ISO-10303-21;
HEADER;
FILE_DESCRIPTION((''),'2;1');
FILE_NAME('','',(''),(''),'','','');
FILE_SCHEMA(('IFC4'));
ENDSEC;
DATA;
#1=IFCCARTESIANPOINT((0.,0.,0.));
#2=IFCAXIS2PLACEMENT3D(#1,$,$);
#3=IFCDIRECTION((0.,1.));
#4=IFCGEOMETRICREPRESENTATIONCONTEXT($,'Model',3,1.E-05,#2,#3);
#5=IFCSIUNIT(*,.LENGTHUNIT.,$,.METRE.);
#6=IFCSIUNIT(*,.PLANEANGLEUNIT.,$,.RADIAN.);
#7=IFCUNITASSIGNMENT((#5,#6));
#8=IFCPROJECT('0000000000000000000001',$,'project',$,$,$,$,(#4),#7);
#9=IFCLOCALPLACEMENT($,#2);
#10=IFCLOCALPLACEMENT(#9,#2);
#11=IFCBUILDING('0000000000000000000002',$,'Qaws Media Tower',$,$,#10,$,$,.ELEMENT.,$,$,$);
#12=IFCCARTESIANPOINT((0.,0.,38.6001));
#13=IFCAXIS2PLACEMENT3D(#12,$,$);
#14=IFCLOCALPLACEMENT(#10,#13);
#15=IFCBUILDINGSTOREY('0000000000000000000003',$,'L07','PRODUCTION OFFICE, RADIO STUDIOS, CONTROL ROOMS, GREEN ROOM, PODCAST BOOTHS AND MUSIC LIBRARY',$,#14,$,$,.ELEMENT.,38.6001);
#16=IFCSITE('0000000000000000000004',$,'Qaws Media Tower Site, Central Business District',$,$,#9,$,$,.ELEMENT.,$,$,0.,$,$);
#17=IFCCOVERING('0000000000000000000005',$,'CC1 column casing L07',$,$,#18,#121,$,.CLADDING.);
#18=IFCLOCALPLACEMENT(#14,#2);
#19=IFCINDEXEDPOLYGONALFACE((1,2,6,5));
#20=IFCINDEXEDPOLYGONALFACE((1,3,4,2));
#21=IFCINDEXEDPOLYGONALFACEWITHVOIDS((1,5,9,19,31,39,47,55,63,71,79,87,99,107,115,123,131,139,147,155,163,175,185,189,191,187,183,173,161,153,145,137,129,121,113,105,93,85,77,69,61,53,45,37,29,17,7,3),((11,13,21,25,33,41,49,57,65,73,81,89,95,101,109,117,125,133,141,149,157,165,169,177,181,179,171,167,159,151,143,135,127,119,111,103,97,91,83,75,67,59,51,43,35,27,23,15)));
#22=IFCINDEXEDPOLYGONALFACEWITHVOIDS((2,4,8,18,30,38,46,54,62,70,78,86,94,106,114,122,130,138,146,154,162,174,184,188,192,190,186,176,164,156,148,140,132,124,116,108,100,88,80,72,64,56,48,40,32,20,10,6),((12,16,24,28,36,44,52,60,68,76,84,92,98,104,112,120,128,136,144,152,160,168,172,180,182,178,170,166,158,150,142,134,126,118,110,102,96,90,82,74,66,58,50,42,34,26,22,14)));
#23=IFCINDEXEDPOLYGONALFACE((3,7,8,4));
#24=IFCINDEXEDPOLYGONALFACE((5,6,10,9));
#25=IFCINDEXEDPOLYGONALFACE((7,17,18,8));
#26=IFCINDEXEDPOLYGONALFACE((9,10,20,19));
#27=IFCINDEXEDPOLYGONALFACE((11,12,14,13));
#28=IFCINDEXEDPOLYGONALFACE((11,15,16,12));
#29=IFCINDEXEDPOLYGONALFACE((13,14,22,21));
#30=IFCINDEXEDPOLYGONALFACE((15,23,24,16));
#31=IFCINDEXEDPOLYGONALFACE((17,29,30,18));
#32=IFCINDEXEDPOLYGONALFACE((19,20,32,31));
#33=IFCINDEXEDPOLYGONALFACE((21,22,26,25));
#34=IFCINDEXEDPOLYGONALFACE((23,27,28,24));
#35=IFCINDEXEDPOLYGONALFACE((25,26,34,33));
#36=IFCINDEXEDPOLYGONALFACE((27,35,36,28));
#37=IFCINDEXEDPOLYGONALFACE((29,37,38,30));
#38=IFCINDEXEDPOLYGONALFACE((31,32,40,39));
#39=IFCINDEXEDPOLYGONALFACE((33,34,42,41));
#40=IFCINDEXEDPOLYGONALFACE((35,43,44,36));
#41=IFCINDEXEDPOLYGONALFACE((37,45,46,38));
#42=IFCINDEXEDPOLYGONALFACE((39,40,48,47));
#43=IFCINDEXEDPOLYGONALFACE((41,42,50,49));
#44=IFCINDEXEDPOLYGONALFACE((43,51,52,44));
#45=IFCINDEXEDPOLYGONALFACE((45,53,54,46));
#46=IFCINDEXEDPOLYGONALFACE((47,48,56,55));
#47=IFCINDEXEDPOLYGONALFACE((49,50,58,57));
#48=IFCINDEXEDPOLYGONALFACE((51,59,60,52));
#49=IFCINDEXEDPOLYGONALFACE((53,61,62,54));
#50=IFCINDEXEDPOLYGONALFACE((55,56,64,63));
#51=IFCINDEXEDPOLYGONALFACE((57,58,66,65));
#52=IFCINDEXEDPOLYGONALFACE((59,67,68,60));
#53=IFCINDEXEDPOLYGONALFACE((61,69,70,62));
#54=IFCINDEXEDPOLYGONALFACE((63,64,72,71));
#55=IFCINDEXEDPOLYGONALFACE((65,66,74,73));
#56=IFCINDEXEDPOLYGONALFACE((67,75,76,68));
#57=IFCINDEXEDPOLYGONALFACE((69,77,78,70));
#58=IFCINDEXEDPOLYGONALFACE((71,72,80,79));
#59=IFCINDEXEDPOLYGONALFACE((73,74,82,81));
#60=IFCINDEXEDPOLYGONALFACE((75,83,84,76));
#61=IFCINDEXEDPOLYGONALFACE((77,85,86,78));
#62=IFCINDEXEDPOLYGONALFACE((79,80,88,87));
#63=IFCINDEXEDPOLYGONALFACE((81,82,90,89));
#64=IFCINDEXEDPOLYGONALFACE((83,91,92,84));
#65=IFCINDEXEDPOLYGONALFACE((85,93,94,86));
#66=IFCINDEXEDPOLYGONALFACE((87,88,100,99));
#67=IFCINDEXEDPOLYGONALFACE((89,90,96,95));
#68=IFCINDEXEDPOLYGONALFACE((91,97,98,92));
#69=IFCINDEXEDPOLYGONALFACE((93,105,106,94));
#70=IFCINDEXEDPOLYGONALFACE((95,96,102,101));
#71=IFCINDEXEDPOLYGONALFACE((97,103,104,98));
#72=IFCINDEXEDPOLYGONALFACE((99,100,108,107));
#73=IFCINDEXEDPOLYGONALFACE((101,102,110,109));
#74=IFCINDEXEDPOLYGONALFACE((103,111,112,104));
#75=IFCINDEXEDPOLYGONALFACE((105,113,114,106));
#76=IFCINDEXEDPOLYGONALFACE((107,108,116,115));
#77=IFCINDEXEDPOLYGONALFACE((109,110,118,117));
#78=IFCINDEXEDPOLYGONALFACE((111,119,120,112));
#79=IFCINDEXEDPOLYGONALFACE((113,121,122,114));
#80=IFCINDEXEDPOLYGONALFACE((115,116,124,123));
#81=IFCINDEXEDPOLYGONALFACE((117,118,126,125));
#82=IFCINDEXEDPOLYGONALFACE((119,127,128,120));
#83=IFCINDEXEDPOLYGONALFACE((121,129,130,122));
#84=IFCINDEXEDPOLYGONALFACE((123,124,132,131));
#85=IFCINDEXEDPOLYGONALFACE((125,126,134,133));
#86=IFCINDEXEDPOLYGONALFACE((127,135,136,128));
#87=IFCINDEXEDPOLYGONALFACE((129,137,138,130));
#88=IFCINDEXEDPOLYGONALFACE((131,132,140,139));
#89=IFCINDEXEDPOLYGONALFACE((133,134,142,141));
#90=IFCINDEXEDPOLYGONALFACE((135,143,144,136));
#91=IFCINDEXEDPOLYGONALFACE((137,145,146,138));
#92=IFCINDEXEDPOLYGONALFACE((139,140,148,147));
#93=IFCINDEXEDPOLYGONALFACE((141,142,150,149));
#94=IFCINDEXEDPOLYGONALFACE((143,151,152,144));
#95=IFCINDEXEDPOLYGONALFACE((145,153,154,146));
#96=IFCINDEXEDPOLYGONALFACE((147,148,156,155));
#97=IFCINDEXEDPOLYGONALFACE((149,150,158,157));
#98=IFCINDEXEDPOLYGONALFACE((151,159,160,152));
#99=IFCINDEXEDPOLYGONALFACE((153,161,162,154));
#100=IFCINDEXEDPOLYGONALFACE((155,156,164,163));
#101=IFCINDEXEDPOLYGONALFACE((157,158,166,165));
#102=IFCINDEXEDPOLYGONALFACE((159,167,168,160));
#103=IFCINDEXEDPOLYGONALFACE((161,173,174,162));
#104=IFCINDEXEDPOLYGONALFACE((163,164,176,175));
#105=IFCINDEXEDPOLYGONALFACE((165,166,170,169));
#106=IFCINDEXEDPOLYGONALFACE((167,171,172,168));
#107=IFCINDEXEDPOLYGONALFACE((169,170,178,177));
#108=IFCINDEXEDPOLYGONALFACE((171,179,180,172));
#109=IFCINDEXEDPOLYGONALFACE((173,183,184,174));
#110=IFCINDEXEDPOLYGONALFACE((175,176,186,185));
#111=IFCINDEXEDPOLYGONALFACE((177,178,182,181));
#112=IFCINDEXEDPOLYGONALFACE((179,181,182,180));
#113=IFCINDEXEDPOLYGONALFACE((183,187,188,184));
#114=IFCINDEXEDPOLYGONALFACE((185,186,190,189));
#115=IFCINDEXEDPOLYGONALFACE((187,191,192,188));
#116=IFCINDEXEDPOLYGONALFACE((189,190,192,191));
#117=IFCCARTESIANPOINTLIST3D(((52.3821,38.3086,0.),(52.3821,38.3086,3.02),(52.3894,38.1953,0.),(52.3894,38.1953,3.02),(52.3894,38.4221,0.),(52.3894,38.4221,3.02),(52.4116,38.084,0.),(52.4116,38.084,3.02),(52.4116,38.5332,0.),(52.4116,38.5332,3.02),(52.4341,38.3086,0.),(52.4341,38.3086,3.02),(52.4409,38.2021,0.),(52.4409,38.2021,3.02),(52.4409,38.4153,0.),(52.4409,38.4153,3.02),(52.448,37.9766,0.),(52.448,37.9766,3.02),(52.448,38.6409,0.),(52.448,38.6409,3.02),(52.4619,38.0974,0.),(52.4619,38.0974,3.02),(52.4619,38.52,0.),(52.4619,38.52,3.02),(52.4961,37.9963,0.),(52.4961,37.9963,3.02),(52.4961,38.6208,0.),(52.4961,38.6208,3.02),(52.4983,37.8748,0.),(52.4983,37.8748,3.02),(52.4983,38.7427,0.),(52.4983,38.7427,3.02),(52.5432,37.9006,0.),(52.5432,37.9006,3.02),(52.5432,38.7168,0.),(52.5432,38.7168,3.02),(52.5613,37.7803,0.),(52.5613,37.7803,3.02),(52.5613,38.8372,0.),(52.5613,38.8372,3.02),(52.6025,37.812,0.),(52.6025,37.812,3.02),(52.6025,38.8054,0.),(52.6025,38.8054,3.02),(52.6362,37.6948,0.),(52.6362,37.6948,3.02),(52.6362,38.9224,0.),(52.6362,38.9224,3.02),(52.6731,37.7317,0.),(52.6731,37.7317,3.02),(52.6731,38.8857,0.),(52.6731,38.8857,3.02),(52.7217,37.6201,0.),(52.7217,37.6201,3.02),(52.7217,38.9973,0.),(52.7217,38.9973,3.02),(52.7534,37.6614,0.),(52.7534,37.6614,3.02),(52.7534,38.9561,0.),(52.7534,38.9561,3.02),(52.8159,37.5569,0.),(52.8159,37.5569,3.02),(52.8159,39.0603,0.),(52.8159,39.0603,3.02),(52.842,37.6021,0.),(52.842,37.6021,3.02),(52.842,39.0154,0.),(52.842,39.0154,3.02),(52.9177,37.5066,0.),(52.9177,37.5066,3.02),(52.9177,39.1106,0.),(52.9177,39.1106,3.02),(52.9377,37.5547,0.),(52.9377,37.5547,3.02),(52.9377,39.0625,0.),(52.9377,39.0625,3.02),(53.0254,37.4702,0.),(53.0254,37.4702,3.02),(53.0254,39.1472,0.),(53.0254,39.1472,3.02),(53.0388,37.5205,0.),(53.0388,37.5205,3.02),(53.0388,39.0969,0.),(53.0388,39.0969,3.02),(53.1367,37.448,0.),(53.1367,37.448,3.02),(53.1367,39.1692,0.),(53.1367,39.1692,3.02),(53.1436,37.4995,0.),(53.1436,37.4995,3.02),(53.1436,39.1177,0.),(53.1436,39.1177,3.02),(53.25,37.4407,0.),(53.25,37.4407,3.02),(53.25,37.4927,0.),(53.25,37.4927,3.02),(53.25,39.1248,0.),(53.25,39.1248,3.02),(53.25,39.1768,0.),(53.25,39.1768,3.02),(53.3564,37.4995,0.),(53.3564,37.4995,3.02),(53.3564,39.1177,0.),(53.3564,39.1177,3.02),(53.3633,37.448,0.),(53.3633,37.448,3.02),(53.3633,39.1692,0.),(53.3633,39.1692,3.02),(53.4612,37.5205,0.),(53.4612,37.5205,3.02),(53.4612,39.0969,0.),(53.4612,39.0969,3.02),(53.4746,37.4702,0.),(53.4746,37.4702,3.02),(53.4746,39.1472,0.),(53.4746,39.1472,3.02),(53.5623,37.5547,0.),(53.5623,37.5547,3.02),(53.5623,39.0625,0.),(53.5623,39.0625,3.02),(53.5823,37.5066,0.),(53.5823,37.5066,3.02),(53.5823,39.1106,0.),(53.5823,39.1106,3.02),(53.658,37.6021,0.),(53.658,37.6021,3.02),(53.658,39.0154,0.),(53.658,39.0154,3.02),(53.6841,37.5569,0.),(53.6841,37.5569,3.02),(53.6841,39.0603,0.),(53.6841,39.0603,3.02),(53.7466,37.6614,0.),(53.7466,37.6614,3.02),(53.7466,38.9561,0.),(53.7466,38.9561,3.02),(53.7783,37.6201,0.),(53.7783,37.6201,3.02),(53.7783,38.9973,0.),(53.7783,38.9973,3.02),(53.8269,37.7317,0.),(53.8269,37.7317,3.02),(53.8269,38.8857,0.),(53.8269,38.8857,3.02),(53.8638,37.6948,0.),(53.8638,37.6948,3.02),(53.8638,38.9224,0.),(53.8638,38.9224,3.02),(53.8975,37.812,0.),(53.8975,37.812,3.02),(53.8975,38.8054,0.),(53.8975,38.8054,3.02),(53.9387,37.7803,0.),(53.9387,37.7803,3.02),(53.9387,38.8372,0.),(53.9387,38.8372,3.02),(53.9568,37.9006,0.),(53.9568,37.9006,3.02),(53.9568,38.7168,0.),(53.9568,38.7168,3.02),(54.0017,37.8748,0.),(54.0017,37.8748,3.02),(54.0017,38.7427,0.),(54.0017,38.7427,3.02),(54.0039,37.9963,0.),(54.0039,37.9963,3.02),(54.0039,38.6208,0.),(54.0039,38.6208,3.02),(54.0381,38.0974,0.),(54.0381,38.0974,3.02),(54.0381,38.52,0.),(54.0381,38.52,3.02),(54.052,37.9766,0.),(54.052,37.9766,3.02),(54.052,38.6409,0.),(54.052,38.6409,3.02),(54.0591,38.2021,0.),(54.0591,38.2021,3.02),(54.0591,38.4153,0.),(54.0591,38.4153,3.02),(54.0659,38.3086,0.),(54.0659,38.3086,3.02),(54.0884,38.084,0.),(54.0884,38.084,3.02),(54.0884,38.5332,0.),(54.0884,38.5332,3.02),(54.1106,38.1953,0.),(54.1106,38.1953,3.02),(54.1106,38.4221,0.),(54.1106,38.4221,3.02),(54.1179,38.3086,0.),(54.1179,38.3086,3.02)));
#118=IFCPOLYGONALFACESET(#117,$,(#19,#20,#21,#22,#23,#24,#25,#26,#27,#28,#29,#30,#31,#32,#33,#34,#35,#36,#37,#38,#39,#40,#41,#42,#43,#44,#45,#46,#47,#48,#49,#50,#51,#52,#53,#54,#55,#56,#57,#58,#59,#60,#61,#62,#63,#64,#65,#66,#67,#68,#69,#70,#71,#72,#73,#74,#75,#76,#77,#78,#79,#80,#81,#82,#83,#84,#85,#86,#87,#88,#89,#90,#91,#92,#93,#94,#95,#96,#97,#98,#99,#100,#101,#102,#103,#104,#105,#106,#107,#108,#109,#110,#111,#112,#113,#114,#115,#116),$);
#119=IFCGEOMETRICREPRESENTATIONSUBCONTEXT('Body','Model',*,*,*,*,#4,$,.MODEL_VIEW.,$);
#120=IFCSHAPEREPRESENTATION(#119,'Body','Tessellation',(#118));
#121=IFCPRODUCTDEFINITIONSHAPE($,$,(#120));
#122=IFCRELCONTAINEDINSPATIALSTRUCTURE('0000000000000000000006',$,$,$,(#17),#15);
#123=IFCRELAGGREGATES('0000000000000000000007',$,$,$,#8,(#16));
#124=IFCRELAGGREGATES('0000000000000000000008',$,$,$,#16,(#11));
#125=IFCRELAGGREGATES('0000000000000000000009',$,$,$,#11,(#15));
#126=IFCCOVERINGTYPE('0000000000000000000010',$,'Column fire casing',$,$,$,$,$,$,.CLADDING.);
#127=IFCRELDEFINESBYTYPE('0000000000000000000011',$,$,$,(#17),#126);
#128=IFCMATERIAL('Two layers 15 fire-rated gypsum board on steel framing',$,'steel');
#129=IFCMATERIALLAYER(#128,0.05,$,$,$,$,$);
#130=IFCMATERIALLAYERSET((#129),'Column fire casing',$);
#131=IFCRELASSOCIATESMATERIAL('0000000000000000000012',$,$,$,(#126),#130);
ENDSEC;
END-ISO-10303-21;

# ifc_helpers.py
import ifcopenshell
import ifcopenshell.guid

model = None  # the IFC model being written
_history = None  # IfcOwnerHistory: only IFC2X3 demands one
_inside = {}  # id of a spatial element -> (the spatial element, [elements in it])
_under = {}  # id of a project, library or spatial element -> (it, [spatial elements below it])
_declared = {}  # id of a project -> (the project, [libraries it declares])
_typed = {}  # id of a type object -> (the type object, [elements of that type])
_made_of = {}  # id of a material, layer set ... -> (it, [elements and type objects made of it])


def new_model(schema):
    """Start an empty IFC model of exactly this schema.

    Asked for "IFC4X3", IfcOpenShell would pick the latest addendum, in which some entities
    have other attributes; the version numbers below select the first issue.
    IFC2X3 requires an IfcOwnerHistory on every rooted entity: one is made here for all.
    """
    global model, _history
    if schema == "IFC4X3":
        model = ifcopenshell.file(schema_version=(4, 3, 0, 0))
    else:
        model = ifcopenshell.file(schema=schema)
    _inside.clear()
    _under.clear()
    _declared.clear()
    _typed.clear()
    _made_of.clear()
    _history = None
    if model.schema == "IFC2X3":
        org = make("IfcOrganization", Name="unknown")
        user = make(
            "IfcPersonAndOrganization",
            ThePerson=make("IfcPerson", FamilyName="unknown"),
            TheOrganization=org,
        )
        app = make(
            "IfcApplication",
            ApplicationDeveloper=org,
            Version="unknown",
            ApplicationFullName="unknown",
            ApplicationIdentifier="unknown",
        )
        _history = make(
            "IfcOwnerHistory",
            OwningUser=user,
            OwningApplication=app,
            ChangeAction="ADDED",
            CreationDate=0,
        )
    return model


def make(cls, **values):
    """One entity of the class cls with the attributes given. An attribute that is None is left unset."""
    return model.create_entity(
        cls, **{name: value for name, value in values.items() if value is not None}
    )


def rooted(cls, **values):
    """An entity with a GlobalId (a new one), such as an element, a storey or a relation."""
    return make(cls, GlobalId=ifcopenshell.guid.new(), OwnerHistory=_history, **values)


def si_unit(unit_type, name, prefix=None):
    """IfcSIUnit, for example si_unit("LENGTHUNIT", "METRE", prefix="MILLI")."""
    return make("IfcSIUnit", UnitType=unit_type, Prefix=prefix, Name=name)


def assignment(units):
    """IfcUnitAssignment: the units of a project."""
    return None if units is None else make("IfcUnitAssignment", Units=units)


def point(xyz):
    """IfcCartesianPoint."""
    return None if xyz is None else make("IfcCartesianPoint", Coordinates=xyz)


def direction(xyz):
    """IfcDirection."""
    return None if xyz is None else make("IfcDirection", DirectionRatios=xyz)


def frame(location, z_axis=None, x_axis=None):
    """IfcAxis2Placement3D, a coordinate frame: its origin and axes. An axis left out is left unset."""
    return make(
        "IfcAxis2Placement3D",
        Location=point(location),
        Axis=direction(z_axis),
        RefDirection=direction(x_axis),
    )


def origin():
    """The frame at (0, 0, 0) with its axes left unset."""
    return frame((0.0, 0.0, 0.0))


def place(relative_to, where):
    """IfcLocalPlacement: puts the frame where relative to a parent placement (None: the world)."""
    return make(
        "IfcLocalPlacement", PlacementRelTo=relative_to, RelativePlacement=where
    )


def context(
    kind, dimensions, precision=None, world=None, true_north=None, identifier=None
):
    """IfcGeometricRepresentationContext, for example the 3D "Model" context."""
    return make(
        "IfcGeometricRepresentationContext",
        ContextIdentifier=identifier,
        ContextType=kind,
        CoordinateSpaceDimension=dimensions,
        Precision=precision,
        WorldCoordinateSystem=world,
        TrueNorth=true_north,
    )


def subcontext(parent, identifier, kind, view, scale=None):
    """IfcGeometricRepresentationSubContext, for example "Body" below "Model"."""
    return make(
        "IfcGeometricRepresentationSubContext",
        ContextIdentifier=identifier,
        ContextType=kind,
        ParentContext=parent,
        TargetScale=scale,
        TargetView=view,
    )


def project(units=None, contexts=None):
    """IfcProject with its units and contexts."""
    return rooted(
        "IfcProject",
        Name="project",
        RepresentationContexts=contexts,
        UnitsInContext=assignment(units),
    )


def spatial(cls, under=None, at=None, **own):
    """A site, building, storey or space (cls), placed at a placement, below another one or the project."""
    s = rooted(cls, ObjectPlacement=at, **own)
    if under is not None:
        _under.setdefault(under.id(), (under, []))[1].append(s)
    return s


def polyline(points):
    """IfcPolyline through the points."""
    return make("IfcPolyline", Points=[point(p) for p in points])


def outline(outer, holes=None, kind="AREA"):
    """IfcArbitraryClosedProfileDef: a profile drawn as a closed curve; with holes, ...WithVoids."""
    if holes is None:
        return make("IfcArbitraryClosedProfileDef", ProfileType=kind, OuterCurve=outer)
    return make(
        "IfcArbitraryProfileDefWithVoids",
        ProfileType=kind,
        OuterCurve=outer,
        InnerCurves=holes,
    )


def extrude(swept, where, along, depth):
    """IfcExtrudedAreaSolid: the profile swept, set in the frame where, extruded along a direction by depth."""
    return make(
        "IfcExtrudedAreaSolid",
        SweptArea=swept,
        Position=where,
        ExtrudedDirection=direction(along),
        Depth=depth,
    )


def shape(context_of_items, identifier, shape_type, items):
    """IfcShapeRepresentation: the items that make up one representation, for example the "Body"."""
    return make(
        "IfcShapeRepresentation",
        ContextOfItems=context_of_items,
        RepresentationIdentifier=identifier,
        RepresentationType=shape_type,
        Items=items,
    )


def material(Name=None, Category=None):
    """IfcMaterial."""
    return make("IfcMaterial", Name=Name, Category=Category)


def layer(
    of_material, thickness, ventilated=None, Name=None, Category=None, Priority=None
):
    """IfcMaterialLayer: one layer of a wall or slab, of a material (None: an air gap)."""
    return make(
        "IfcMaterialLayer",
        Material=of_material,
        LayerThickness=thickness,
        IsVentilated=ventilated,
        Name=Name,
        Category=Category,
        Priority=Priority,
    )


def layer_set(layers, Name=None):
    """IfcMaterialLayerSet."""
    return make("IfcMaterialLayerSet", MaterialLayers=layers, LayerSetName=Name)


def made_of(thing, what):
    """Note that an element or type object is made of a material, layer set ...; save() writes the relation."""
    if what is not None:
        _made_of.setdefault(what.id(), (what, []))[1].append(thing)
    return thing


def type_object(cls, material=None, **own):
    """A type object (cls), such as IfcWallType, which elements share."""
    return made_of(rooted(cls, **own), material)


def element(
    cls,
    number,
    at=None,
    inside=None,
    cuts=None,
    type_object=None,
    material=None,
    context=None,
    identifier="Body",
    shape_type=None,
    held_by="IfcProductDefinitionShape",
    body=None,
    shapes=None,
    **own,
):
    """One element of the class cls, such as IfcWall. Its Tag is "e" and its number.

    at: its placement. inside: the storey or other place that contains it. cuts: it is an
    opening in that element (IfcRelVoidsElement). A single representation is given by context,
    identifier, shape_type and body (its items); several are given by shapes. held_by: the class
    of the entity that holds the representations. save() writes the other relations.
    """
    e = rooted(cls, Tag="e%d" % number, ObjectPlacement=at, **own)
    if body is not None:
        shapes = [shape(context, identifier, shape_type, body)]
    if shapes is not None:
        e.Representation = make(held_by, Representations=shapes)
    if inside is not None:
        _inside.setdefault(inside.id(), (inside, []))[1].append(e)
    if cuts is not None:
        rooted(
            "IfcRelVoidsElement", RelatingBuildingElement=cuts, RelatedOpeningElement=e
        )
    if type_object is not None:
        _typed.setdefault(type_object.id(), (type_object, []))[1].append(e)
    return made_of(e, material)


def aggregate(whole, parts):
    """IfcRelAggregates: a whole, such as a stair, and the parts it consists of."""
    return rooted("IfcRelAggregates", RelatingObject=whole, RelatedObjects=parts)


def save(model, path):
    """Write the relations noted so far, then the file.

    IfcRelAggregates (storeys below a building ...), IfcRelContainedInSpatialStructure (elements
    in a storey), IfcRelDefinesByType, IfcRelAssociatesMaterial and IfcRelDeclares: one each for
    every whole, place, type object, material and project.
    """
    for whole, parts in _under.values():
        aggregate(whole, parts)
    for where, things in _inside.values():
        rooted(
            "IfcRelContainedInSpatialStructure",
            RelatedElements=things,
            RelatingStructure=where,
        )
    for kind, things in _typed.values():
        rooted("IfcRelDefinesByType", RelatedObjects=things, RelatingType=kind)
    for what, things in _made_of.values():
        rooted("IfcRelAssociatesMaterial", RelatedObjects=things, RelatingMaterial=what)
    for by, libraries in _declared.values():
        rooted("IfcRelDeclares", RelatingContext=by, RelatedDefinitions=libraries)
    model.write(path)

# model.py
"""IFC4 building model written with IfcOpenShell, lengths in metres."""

from ifc_helpers import new_model, si_unit, direction, frame, origin, place, context, subcontext, project, spatial, polyline, outline, extrude, material, layer, layer_set, type_object, element, save


model = new_model("IFC4")

# Units and contexts
model_context = context("Model", 3, precision=1e-05, world=origin(), true_north=direction((0.0, 1.0)))
body_context = subcontext(model_context, "Body", "Model", "MODEL_VIEW")
ifc_project = project(units=[si_unit("LENGTHUNIT", "METRE"), si_unit("PLANEANGLEUNIT", "RADIAN")], contexts=[model_context])

# Site, building, storey
site_placement = place(None, origin())
site = spatial("IfcSite", under=ifc_project, at=site_placement, Name="Qaws Media Tower Site, Central Business District", CompositionType="ELEMENT", RefElevation=0.0)
building_placement = place(site_placement, origin())
building = spatial("IfcBuilding", under=site, at=building_placement, Name="Qaws Media Tower", CompositionType="ELEMENT")
storey_placement = place(building_placement, frame((0.0, 0.0, 38.6001)))
storey = spatial("IfcBuildingStorey", under=building, at=storey_placement, Name="L07", Description="PRODUCTION OFFICE, RADIO STUDIOS, CONTROL ROOMS, GREEN ROOM, PODCAST BOOTHS AND MUSIC LIBRARY", CompositionType="ELEMENT", Elevation=38.6001)

# Covering
ifc_material_1 = material(Name="Two layers 15 fire-rated gypsum board on steel framing", Category="steel")
ifc_layer_1 = layer(ifc_material_1, 0.05)
ifc_layer_set_1 = layer_set([ifc_layer_1], Name="Column fire casing")
covering_type = type_object("IfcCoveringType", Name="Column fire casing", PredefinedType="CLADDING", material=ifc_layer_set_1)
covering_1_placement = place(storey_placement, origin())
element("IfcCovering", 1, at=covering_1_placement, inside=storey, type_object=covering_type, Name="CC1 column casing L07", PredefinedType="CLADDING", context=body_context, shape_type="SweptSolid", body=[
    extrude(outline(polyline([(54.1179, 38.3086), (54.1106, 38.1953), (54.0884, 38.084), (54.052, 37.9766), (54.0017, 37.8748), (53.9387, 37.7803), (53.8638, 37.6948), (53.7783, 37.6201), (53.6841, 37.5569), (53.5823, 37.5066), (53.4746, 37.4702), (53.3633, 37.448), (53.25, 37.4407), (53.1367, 37.448), (53.0254, 37.4702), (52.9177, 37.5066), (52.8159, 37.5569), (52.7217, 37.6201), (52.6362, 37.6948), (52.5613, 37.7803), (52.4983, 37.8748), (52.448, 37.9766), (52.4116, 38.084), (52.3894, 38.1953), (52.3821, 38.3086), (52.3894, 38.4221), (52.4116, 38.5332), (52.448, 38.6409), (52.4983, 38.7427), (52.5613, 38.8372), (52.6362, 38.9224), (52.7217, 38.9973), (52.8159, 39.0603), (52.9177, 39.1106), (53.0254, 39.1472), (53.1367, 39.1692), (53.25, 39.1768), (53.3633, 39.1692), (53.4746, 39.1472), (53.5823, 39.1106), (53.6841, 39.0603), (53.7783, 38.9973), (53.8638, 38.9224), (53.9387, 38.8372), (54.0017, 38.7427), (54.052, 38.6409), (54.0884, 38.5332), (54.1106, 38.4221), (54.1179, 38.3086)]), holes=[polyline([(54.0659, 38.3086), (54.0591, 38.2021), (54.0381, 38.0974), (54.0039, 37.9963), (53.9568, 37.9006), (53.8975, 37.812), (53.8269, 37.7317), (53.7466, 37.6614), (53.658, 37.6021), (53.5623, 37.5547), (53.4612, 37.5205), (53.3564, 37.4995), (53.25, 37.4927), (53.1436, 37.4995), (53.0388, 37.5205), (52.9377, 37.5547), (52.842, 37.6021), (52.7534, 37.6614), (52.6731, 37.7317), (52.6025, 37.812), (52.5432, 37.9006), (52.4961, 37.9963), (52.4619, 38.0974), (52.4409, 38.2021), (52.4341, 38.3086), (52.4409, 38.4153), (52.4619, 38.52), (52.4961, 38.6208), (52.5432, 38.7168), (52.6025, 38.8054), (52.6731, 38.8857), (52.7534, 38.9561), (52.842, 39.0154), (52.9377, 39.0625), (53.0388, 39.0969), (53.1436, 39.1177), (53.25, 39.1248), (53.3564, 39.1177), (53.4612, 39.0969), (53.5623, 39.0625), (53.658, 39.0154), (53.7466, 38.9561), (53.8269, 38.8857), (53.8975, 38.8054), (53.9568, 38.7168), (54.0039, 38.6208), (54.0381, 38.52), (54.0591, 38.4153), (54.0659, 38.3086)])]), origin(), (0.0, 0.0, 1.0), 3.02),
])

save(model, "model.ifc")
